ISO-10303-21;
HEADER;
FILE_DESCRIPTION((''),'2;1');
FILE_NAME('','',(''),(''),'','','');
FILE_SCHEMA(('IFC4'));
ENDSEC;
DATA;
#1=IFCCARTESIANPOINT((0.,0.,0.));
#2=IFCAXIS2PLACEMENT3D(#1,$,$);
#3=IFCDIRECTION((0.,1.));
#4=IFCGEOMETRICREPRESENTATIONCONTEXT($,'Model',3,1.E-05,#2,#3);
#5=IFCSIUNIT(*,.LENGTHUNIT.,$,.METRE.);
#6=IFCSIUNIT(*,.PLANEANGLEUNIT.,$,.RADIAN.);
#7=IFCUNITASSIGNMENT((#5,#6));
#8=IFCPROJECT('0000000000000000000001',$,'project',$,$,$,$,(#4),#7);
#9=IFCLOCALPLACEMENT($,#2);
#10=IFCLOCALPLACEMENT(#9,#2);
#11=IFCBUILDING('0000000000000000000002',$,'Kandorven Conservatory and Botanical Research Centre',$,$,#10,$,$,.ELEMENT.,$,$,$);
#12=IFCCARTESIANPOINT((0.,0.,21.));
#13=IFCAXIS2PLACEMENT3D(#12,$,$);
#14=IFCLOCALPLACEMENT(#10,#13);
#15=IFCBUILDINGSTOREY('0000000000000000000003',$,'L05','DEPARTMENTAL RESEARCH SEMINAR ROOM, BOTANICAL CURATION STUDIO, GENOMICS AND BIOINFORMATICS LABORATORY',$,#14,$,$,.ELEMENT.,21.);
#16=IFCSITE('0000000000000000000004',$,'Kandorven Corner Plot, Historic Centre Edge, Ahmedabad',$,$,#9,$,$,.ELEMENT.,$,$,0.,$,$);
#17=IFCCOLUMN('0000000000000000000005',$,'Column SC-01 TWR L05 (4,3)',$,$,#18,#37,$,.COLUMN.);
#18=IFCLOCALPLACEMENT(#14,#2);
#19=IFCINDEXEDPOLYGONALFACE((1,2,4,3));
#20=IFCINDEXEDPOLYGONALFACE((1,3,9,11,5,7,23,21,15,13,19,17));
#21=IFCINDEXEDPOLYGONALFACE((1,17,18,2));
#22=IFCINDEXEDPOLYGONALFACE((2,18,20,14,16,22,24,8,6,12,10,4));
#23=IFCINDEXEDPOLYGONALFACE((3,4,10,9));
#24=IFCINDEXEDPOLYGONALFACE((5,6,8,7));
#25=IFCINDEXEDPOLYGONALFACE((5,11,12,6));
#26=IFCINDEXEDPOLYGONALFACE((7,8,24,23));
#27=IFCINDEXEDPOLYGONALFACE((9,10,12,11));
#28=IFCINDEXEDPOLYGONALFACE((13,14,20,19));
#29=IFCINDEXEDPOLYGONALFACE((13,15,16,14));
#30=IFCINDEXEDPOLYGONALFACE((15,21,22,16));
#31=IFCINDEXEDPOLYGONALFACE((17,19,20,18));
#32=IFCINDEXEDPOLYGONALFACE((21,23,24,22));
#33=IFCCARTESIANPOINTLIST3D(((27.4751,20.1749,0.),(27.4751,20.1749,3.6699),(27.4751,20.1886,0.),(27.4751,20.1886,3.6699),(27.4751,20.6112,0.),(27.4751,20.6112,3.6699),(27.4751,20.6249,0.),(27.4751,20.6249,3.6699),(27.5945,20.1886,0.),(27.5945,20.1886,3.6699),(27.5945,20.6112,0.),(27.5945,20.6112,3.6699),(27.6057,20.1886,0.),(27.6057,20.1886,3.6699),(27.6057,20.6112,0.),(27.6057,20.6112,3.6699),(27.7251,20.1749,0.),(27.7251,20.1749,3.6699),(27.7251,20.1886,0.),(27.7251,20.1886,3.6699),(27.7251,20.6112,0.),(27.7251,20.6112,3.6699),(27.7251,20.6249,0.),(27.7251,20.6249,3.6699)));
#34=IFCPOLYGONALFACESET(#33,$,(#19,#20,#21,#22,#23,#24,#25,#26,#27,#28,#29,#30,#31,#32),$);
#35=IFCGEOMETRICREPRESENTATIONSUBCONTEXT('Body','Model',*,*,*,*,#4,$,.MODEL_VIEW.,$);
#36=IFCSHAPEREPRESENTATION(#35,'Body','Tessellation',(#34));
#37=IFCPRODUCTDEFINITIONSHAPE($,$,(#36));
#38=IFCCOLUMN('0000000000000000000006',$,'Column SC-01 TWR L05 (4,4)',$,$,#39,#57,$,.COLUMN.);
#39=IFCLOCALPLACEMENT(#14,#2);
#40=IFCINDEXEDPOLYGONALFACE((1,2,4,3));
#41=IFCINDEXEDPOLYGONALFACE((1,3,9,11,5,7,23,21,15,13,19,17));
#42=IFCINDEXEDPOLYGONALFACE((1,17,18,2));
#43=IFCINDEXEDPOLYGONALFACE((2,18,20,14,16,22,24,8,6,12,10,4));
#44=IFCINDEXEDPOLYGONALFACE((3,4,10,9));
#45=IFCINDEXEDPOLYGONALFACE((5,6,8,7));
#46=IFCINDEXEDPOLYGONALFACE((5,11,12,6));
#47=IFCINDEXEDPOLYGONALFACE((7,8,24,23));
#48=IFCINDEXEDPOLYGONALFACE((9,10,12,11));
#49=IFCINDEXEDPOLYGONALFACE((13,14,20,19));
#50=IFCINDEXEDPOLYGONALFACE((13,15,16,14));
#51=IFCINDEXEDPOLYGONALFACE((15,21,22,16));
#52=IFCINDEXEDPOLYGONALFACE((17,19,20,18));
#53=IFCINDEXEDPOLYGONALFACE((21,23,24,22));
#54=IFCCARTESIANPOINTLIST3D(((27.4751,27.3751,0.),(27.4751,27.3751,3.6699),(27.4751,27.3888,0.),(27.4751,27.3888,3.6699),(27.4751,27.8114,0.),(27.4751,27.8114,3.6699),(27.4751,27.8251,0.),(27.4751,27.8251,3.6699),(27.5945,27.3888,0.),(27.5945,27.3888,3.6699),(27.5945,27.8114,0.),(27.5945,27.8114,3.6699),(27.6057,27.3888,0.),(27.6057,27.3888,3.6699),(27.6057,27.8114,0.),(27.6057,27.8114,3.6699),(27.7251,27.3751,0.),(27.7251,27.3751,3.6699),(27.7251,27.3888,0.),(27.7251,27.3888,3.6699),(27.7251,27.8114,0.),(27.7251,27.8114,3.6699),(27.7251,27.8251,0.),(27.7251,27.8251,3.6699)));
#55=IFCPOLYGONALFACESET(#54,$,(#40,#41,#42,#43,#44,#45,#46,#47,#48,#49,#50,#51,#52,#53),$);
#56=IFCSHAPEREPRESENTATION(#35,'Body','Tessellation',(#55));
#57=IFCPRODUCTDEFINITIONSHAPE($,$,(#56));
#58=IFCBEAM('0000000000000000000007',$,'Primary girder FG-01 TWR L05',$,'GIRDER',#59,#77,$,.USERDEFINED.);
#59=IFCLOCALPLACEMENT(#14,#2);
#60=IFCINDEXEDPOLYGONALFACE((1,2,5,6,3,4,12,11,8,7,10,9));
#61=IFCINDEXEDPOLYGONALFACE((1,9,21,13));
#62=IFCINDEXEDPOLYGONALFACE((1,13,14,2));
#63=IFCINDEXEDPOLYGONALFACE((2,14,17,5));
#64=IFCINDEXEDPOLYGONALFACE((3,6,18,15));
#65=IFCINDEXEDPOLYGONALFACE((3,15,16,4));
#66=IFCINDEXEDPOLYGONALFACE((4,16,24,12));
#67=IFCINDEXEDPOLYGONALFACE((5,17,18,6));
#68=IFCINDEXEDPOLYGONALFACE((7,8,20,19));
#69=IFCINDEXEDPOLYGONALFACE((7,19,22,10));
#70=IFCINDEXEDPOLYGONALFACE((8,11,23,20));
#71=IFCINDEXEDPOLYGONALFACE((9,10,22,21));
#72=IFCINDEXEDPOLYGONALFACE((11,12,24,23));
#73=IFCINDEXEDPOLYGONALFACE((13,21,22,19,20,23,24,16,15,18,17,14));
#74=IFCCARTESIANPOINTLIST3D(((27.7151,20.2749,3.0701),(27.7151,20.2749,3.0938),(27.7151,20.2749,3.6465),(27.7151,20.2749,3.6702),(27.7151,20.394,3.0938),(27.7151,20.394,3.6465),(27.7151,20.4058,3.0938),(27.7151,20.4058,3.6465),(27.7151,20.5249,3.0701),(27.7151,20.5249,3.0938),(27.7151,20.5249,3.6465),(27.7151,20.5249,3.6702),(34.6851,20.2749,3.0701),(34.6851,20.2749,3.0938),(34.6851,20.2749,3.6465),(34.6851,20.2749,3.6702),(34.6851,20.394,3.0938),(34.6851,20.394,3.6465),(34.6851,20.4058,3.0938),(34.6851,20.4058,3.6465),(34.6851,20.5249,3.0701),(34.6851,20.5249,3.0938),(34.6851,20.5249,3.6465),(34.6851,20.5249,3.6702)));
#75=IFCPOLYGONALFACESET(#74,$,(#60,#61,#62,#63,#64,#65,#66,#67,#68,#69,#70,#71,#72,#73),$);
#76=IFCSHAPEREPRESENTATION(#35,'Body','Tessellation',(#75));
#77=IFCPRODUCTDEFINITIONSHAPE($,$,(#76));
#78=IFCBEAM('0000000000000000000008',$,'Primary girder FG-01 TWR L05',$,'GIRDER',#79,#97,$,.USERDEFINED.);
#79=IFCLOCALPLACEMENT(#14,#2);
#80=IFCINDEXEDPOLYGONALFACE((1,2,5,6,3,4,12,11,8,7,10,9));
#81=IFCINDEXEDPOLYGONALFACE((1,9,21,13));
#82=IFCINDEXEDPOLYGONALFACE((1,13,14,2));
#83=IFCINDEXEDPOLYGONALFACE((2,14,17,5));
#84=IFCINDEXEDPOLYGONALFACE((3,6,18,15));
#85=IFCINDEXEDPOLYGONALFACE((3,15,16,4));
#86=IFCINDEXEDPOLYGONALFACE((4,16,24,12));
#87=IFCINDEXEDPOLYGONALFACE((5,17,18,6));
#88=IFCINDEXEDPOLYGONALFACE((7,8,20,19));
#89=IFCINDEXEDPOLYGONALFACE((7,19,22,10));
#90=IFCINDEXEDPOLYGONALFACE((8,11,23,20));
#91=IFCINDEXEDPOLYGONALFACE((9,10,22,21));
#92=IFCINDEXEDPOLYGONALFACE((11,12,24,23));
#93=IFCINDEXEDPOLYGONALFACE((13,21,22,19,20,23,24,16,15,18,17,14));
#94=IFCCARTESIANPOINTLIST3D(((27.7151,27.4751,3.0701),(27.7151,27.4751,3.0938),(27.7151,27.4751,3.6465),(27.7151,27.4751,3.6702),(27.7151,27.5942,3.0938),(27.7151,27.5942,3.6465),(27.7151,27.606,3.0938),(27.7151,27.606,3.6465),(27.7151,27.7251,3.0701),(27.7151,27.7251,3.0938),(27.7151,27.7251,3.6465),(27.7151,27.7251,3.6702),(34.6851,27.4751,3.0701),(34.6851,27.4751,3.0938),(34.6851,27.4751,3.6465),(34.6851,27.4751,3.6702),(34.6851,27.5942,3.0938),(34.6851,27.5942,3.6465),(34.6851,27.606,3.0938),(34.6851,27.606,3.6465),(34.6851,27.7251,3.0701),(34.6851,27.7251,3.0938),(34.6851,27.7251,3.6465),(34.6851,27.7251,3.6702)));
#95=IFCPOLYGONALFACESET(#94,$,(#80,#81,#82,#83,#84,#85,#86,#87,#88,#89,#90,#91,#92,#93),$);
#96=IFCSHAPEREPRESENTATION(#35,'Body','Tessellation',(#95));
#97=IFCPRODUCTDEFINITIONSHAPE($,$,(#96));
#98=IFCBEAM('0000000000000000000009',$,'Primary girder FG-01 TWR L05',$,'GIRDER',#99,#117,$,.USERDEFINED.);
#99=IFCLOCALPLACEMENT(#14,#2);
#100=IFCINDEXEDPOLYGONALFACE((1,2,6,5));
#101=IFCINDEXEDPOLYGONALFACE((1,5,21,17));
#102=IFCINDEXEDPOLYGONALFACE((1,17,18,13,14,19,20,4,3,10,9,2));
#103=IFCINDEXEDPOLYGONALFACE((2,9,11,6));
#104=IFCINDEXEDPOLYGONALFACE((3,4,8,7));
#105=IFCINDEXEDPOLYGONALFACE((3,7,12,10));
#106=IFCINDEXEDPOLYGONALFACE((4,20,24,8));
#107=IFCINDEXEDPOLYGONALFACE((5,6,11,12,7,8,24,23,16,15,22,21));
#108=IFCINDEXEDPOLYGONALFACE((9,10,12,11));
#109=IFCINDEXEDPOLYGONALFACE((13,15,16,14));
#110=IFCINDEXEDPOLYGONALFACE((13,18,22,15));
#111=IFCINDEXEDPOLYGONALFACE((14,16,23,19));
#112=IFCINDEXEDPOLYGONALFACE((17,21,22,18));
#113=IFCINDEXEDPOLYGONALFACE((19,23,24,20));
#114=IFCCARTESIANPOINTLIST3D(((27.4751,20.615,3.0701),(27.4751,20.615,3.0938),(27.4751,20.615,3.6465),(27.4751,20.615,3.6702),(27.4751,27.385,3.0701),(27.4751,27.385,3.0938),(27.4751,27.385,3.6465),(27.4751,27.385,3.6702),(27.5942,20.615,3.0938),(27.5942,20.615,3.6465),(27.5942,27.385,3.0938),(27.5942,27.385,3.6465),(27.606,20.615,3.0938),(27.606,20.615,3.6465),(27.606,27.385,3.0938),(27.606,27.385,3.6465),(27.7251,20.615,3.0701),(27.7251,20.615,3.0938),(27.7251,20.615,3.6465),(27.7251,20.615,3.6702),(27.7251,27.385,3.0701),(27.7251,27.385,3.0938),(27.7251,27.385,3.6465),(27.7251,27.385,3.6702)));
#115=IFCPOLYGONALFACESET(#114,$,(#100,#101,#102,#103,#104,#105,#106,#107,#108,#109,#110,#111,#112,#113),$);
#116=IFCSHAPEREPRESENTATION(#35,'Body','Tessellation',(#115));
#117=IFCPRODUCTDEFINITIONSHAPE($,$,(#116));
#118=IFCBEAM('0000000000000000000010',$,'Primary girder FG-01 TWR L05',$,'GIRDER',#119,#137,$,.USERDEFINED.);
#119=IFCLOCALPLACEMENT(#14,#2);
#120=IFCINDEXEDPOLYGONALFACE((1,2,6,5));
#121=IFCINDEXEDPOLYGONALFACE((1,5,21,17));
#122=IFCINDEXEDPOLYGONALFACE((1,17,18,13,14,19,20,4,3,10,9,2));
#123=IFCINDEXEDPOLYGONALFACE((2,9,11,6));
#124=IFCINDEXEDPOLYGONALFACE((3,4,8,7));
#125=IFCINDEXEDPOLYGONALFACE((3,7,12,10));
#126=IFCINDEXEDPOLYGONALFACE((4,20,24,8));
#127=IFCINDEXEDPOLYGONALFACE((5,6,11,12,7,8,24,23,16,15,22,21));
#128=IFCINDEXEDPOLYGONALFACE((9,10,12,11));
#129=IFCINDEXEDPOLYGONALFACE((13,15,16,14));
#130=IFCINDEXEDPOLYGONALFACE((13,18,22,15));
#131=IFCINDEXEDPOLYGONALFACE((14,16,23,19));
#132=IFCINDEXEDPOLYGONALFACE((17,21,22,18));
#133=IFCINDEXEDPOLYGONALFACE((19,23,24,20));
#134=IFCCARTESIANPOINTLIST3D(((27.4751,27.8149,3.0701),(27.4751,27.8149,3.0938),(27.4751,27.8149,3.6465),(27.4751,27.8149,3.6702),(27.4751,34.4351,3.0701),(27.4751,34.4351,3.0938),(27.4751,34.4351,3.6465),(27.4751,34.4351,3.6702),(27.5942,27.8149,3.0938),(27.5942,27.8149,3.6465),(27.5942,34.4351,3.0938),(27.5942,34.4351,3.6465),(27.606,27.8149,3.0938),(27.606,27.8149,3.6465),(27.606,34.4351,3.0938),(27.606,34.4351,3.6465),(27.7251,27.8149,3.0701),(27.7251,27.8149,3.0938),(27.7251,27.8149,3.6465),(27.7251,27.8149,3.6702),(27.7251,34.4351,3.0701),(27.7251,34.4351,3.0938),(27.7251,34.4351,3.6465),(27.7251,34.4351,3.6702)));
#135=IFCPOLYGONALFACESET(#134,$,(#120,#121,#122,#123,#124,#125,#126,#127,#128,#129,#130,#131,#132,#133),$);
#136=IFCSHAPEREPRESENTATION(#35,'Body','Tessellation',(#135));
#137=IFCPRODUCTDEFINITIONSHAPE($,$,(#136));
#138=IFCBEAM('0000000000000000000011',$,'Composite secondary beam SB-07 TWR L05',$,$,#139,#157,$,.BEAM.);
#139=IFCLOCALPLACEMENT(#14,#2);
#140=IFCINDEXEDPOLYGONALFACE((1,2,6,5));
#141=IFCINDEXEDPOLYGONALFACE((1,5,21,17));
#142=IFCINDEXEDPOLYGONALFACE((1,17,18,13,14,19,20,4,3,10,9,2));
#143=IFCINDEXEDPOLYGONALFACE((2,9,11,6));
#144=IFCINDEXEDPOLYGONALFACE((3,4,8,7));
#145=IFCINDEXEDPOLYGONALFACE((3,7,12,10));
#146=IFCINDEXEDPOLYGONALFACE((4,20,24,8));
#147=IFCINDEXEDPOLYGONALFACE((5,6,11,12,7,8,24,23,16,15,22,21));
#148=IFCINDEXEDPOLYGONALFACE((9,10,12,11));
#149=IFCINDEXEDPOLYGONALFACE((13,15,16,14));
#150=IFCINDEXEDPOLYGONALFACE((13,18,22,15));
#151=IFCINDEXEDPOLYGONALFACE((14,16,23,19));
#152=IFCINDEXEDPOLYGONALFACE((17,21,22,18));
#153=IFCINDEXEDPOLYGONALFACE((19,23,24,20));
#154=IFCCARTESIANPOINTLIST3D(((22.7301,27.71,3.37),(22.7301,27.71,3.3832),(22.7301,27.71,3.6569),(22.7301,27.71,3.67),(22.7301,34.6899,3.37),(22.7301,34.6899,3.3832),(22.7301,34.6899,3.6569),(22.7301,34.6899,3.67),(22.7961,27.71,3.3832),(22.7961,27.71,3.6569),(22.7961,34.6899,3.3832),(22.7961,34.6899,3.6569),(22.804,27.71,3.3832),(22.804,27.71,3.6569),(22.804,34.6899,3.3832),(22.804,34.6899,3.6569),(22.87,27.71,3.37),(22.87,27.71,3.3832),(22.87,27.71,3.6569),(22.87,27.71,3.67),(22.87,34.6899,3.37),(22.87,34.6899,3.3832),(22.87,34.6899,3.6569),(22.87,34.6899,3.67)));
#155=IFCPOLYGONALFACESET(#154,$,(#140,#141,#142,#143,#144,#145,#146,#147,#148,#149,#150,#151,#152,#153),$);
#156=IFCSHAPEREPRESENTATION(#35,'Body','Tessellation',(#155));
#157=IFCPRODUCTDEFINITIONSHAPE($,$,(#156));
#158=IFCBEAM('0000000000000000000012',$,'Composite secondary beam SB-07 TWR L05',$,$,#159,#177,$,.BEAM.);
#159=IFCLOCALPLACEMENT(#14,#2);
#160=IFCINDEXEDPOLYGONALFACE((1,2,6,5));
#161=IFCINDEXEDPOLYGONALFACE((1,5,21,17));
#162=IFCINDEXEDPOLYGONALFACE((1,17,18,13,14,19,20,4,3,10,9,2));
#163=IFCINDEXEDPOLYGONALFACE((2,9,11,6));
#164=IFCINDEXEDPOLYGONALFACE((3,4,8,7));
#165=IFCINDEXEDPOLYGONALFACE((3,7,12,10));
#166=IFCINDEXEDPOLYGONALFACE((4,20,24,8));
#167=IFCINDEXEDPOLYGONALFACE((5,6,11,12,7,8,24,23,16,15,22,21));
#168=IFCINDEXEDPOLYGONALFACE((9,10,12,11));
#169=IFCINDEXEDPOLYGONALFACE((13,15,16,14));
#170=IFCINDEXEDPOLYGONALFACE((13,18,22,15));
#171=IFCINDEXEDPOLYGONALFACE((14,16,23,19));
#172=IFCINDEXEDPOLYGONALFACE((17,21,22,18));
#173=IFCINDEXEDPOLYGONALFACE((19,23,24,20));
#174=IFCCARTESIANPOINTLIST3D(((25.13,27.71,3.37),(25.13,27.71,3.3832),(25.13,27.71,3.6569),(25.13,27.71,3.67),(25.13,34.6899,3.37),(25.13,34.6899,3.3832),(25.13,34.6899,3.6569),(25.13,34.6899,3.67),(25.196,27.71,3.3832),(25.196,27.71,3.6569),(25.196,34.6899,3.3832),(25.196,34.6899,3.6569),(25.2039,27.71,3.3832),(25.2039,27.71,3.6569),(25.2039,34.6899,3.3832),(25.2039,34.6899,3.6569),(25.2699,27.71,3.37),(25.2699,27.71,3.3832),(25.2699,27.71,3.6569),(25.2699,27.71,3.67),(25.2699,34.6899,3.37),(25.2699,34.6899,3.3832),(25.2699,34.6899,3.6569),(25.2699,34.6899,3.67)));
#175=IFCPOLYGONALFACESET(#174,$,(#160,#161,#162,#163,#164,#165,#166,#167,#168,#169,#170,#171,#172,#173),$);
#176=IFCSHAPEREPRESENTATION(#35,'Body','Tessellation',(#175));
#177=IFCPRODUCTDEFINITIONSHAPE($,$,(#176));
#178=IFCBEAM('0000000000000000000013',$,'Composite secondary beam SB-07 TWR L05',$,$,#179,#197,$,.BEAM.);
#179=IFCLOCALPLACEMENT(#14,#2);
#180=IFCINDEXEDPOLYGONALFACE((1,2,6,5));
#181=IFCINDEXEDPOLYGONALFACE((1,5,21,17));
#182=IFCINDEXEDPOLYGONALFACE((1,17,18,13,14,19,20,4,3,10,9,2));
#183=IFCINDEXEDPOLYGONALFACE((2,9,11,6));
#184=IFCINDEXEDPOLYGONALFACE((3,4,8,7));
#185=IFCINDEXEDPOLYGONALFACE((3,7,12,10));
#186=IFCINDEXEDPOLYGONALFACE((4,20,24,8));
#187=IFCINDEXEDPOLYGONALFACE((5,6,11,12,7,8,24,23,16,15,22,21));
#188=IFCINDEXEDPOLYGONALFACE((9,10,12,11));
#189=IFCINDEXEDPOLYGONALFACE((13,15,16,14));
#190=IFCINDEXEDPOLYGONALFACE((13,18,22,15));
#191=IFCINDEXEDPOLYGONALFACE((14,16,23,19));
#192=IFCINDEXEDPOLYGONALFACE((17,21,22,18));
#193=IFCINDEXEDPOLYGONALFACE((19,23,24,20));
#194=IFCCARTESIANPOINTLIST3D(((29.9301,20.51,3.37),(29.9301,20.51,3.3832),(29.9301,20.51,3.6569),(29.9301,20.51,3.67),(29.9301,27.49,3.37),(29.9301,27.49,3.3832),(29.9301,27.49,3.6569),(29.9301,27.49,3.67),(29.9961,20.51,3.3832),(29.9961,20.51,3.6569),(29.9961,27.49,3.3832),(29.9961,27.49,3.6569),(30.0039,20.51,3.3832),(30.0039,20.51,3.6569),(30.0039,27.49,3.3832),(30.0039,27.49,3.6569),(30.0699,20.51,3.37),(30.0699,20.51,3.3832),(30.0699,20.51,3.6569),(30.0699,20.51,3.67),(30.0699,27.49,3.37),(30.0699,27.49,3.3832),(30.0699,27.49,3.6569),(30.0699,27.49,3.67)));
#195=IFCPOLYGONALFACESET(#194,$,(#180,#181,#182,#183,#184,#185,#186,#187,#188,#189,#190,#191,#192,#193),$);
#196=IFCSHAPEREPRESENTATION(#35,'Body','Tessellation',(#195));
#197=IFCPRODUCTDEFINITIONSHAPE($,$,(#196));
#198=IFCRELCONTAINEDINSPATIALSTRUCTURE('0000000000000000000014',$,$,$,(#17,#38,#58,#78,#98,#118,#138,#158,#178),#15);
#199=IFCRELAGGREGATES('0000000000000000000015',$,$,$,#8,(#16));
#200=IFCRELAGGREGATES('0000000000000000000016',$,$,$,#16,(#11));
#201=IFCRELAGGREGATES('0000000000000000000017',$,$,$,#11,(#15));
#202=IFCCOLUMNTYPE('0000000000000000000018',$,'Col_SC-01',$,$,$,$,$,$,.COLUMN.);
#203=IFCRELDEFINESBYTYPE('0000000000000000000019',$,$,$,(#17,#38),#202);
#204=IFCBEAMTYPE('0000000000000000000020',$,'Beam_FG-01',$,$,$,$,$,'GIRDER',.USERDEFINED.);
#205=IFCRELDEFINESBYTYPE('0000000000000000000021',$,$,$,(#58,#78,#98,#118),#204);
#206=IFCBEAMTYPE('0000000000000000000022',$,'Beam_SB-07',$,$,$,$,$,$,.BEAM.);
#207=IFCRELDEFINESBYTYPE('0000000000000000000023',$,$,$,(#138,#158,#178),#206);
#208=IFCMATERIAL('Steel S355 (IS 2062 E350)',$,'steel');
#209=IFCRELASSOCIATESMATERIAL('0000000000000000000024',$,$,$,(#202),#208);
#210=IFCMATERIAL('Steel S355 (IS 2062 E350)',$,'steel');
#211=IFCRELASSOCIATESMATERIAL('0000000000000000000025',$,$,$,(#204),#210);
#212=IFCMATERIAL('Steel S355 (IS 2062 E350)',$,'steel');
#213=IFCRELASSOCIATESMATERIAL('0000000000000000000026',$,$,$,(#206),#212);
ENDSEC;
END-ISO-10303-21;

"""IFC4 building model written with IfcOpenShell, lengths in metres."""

from ifc_helpers import new_model, si_unit, direction, frame, origin, origin_2d, place, context, subcontext, project, spatial, i_section, extrude, material, material_profile, profile_set, type_object, element, save


model = new_model("IFC4")

# Units and contexts
model_context = context("Model", 3, precision=1e-05, world=origin(), true_north=direction((0.0, 1.0)))
body_context = subcontext(model_context, "Body", "Model", "MODEL_VIEW")
ifc_project = project(units=[si_unit("LENGTHUNIT", "METRE"), si_unit("PLANEANGLEUNIT", "RADIAN")], contexts=[model_context])

# Site, building, storey
site_placement = place(None, origin())
site = spatial("IfcSite", under=ifc_project, at=site_placement, Name="Kandorven Corner Plot, Historic Centre Edge, Ahmedabad", CompositionType="ELEMENT", RefElevation=0.0)
building_placement = place(site_placement, origin())
building = spatial("IfcBuilding", under=site, at=building_placement, Name="Kandorven Conservatory and Botanical Research Centre", CompositionType="ELEMENT")
storey_placement = place(building_placement, frame((0.0, 0.0, 21.0)))
storey = spatial("IfcBuildingStorey", under=building, at=storey_placement, Name="L05", Description="DEPARTMENTAL RESEARCH SEMINAR ROOM, BOTANICAL CURATION STUDIO, GENOMICS AND BIOINFORMATICS LABORATORY", CompositionType="ELEMENT", Elevation=21.0)

# Columns
ifc_material_1 = material(Name="Steel S355 (IS 2062 E350)", Category="steel")
ifc_material_profile_1 = material_profile(ifc_material_1, i_section(OverallWidth=0.25, OverallDepth=0.45, WebThickness=0.0112, FlangeThickness=0.0137, at=origin_2d()))
ifc_profile_set_1 = profile_set([ifc_material_profile_1], Name="Steel S355 (IS 2062 E350)")
column_type = type_object("IfcColumnType", Name="Col_SC-01", PredefinedType="COLUMN", material=ifc_profile_set_1)
for number, where, z_axis, x_axis, name in (
    (1, (27.6001, 20.3999, 0.0), (0.0, 0.0, 1.0), (1.0, 0.0, 0.0), "Column SC-01 TWR L05 (4,3)"),
    (2, (27.6001, 27.6001, 0.0), (0.0, 0.0, 1.0), (1.0, 0.0, 0.0), "Column SC-01 TWR L05 (4,4)"),
):
    element("IfcColumn", number, at=place(storey_placement, frame(where, z_axis=z_axis, x_axis=x_axis)), inside=storey, type_object=column_type, Name=name, PredefinedType="COLUMN", context=body_context, shape_type="SweptSolid", body=[
        extrude(i_section(OverallWidth=0.25, OverallDepth=0.45, WebThickness=0.0112, FlangeThickness=0.0137, at=origin_2d()), origin(), (0.0, 0.0, 1.0), 3.6699),
    ])

# Beams
ifc_material_2 = material(Name="Steel S355 (IS 2062 E350)", Category="steel")
ifc_material_profile_2 = material_profile(ifc_material_2, i_section(OverallWidth=0.25, OverallDepth=0.6001, WebThickness=0.0117, FlangeThickness=0.0237, at=origin_2d()))
ifc_profile_set_2 = profile_set([ifc_material_profile_2], Name="Steel S355 (IS 2062 E350)")
beam_type_1 = type_object("IfcBeamType", Name="Beam_FG-01", ElementType="GIRDER", PredefinedType="USERDEFINED", material=ifc_profile_set_2)
for number, where, z_axis, x_axis, name in (
    (3, (27.7151, 20.3999, 3.3701), (1.0, 0.0, 0.0), (0.0, 1.0, 0.0), "Primary girder FG-01 TWR L05"),
    (4, (27.7151, 27.6001, 3.3701), (1.0, 0.0, 0.0), (0.0, 1.0, 0.0), "Primary girder FG-01 TWR L05"),
):
    element("IfcBeam", number, at=place(storey_placement, frame(where, z_axis=z_axis, x_axis=x_axis)), inside=storey, type_object=beam_type_1, Name=name, ObjectType="GIRDER", PredefinedType="USERDEFINED", context=body_context, shape_type="SweptSolid", body=[
        extrude(i_section(OverallWidth=0.25, OverallDepth=0.6001, WebThickness=0.0117, FlangeThickness=0.0237, at=origin_2d()), origin(), (0.0, 0.0, 1.0), 6.97),
    ])
beam_1_placement = place(storey_placement, frame((27.6001, 20.615, 3.3701), z_axis=(0.0, 1.0, 0.0), x_axis=(-1.0, 0.0, 0.0)))
element("IfcBeam", 5, at=beam_1_placement, inside=storey, type_object=beam_type_1, Name="Primary girder FG-01 TWR L05", ObjectType="GIRDER", PredefinedType="USERDEFINED", context=body_context, shape_type="SweptSolid", body=[
    extrude(i_section(OverallWidth=0.25, OverallDepth=0.6001, WebThickness=0.0117, FlangeThickness=0.0237, at=origin_2d()), origin(), (0.0, 0.0, 1.0), 6.77),
])
beam_2_placement = place(storey_placement, frame((27.6001, 27.8149, 3.3701), z_axis=(0.0, 1.0, 0.0), x_axis=(-1.0, 0.0, 0.0)))
element("IfcBeam", 6, at=beam_2_placement, inside=storey, type_object=beam_type_1, Name="Primary girder FG-01 TWR L05", ObjectType="GIRDER", PredefinedType="USERDEFINED", context=body_context, shape_type="SweptSolid", body=[
    extrude(i_section(OverallWidth=0.25, OverallDepth=0.6001, WebThickness=0.0117, FlangeThickness=0.0237, at=origin_2d()), origin(), (0.0, 0.0, 1.0), 6.6201),
])
ifc_material_3 = material(Name="Steel S355 (IS 2062 E350)", Category="steel")
ifc_material_profile_3 = material_profile(ifc_material_3, i_section(OverallWidth=0.1399, OverallDepth=0.3, WebThickness=0.0078, FlangeThickness=0.0132, at=origin_2d()))
ifc_profile_set_3 = profile_set([ifc_material_profile_3], Name="Steel S355 (IS 2062 E350)")
beam_type_2 = type_object("IfcBeamType", Name="Beam_SB-07", PredefinedType="BEAM", material=ifc_profile_set_3)
for number, where, z_axis, x_axis, name in (
    (7, (22.8, 27.71, 3.52), (0.0, 1.0, 0.0), (-1.0, 0.0, 0.0), "Composite secondary beam SB-07 TWR L05"),
    (8, (25.2, 27.71, 3.52), (0.0, 1.0, 0.0), (-1.0, 0.0, 0.0), "Composite secondary beam SB-07 TWR L05"),
    (9, (30.0, 20.51, 3.52), (0.0, 1.0, 0.0), (-1.0, 0.0, 0.0), "Composite secondary beam SB-07 TWR L05"),
):
    element("IfcBeam", number, at=place(storey_placement, frame(where, z_axis=z_axis, x_axis=x_axis)), inside=storey, type_object=beam_type_2, Name=name, PredefinedType="BEAM", context=body_context, shape_type="SweptSolid", body=[
        extrude(i_section(OverallWidth=0.1399, OverallDepth=0.3, WebThickness=0.0078, FlangeThickness=0.0132, at=origin_2d()), origin(), (0.0, 0.0, 1.0), 6.98),
    ])

save(model, "model.ifc")
